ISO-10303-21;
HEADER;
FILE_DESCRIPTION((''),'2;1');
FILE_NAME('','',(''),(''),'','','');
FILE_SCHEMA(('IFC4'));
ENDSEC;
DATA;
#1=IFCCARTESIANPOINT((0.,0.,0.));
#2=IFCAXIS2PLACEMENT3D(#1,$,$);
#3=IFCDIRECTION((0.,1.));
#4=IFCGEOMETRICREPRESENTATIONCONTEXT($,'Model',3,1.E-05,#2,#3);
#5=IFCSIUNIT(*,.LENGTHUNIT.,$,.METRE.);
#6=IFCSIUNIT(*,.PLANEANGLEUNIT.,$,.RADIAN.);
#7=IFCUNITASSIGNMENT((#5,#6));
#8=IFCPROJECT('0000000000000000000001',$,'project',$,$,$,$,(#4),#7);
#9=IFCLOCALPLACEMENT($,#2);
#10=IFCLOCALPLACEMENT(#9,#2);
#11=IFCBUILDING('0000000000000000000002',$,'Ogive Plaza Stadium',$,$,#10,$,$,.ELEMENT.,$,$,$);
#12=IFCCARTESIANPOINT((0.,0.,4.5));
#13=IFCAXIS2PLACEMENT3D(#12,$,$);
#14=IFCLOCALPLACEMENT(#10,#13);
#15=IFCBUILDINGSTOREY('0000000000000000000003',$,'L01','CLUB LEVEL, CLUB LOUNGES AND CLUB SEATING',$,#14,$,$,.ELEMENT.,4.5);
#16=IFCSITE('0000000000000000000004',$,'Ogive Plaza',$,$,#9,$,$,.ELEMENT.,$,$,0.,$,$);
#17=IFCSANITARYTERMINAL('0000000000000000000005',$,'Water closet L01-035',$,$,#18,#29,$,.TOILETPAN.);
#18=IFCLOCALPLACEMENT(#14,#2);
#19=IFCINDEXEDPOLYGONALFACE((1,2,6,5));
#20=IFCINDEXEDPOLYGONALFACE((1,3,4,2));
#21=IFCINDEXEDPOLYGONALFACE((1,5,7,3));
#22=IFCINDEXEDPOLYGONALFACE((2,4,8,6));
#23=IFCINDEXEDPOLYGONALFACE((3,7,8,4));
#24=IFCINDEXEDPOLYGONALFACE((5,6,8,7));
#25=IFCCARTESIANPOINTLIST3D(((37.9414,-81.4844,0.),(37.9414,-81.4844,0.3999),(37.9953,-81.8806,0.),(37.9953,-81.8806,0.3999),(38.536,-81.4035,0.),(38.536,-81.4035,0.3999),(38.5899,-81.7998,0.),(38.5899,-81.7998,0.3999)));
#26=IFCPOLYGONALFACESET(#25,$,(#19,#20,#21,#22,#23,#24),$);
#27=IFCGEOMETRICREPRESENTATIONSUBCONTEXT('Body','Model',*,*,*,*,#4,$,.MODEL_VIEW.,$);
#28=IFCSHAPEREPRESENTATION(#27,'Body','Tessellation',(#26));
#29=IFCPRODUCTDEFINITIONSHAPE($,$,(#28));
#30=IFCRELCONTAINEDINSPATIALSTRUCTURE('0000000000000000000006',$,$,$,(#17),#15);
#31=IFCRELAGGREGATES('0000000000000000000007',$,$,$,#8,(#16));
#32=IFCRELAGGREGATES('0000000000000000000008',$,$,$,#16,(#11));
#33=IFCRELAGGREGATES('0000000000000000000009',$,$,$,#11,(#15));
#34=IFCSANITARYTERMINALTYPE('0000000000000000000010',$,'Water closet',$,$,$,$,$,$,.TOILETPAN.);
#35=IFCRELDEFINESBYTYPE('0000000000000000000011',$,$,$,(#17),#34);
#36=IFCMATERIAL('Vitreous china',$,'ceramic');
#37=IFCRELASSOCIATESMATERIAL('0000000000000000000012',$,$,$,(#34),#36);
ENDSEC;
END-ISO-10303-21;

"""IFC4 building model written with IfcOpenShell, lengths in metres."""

from ifc_helpers import new_model, si_unit, direction, frame, origin, origin_2d, place, context, subcontext, project, spatial, rectangle, extrude, material, type_object, element, save


model = new_model("IFC4")

# Units and contexts
model_context = context("Model", 3, precision=1e-05, world=origin(), true_north=direction((0.0, 1.0)))
body_context = subcontext(model_context, "Body", "Model", "MODEL_VIEW")
ifc_project = project(units=[si_unit("LENGTHUNIT", "METRE"), si_unit("PLANEANGLEUNIT", "RADIAN")], contexts=[model_context])

# Site, building, storey
site_placement = place(None, origin())
site = spatial("IfcSite", under=ifc_project, at=site_placement, Name="Ogive Plaza", CompositionType="ELEMENT", RefElevation=0.0)
building_placement = place(site_placement, origin())
building = spatial("IfcBuilding", under=site, at=building_placement, Name="Ogive Plaza Stadium", CompositionType="ELEMENT")
storey_placement = place(building_placement, frame((0.0, 0.0, 4.5)))
storey = spatial("IfcBuildingStorey", under=building, at=storey_placement, Name="L01", Description="CLUB LEVEL, CLUB LOUNGES AND CLUB SEATING", CompositionType="ELEMENT", Elevation=4.5)

# Sanitary terminal
ifc_material_1 = material(Name="Vitreous china", Category="ceramic")
sanitary_terminal_type_1 = type_object("IfcSanitaryTerminalType", Name="Water closet", PredefinedType="TOILETPAN", material=ifc_material_1)
for number, where, z_axis, x_axis, name in (
    (1, (38.2656, -81.6421, 0.0), (0.0, 0.0, 1.0), (0.134744, -0.99088, 0.0), "Water closet L01-035"),
):
    element("IfcSanitaryTerminal", number, at=place(storey_placement, frame(where, z_axis=z_axis, x_axis=x_axis)), inside=storey, type_object=sanitary_terminal_type_1, Name=name, PredefinedType="TOILETPAN", context=body_context, shape_type="SweptSolid", body=[
        extrude(rectangle(XDim=0.3999, YDim=0.6001, at=origin_2d()), origin(), (0.0, 0.0, 1.0), 0.3999),
    ])

save(model, "model.ifc")
